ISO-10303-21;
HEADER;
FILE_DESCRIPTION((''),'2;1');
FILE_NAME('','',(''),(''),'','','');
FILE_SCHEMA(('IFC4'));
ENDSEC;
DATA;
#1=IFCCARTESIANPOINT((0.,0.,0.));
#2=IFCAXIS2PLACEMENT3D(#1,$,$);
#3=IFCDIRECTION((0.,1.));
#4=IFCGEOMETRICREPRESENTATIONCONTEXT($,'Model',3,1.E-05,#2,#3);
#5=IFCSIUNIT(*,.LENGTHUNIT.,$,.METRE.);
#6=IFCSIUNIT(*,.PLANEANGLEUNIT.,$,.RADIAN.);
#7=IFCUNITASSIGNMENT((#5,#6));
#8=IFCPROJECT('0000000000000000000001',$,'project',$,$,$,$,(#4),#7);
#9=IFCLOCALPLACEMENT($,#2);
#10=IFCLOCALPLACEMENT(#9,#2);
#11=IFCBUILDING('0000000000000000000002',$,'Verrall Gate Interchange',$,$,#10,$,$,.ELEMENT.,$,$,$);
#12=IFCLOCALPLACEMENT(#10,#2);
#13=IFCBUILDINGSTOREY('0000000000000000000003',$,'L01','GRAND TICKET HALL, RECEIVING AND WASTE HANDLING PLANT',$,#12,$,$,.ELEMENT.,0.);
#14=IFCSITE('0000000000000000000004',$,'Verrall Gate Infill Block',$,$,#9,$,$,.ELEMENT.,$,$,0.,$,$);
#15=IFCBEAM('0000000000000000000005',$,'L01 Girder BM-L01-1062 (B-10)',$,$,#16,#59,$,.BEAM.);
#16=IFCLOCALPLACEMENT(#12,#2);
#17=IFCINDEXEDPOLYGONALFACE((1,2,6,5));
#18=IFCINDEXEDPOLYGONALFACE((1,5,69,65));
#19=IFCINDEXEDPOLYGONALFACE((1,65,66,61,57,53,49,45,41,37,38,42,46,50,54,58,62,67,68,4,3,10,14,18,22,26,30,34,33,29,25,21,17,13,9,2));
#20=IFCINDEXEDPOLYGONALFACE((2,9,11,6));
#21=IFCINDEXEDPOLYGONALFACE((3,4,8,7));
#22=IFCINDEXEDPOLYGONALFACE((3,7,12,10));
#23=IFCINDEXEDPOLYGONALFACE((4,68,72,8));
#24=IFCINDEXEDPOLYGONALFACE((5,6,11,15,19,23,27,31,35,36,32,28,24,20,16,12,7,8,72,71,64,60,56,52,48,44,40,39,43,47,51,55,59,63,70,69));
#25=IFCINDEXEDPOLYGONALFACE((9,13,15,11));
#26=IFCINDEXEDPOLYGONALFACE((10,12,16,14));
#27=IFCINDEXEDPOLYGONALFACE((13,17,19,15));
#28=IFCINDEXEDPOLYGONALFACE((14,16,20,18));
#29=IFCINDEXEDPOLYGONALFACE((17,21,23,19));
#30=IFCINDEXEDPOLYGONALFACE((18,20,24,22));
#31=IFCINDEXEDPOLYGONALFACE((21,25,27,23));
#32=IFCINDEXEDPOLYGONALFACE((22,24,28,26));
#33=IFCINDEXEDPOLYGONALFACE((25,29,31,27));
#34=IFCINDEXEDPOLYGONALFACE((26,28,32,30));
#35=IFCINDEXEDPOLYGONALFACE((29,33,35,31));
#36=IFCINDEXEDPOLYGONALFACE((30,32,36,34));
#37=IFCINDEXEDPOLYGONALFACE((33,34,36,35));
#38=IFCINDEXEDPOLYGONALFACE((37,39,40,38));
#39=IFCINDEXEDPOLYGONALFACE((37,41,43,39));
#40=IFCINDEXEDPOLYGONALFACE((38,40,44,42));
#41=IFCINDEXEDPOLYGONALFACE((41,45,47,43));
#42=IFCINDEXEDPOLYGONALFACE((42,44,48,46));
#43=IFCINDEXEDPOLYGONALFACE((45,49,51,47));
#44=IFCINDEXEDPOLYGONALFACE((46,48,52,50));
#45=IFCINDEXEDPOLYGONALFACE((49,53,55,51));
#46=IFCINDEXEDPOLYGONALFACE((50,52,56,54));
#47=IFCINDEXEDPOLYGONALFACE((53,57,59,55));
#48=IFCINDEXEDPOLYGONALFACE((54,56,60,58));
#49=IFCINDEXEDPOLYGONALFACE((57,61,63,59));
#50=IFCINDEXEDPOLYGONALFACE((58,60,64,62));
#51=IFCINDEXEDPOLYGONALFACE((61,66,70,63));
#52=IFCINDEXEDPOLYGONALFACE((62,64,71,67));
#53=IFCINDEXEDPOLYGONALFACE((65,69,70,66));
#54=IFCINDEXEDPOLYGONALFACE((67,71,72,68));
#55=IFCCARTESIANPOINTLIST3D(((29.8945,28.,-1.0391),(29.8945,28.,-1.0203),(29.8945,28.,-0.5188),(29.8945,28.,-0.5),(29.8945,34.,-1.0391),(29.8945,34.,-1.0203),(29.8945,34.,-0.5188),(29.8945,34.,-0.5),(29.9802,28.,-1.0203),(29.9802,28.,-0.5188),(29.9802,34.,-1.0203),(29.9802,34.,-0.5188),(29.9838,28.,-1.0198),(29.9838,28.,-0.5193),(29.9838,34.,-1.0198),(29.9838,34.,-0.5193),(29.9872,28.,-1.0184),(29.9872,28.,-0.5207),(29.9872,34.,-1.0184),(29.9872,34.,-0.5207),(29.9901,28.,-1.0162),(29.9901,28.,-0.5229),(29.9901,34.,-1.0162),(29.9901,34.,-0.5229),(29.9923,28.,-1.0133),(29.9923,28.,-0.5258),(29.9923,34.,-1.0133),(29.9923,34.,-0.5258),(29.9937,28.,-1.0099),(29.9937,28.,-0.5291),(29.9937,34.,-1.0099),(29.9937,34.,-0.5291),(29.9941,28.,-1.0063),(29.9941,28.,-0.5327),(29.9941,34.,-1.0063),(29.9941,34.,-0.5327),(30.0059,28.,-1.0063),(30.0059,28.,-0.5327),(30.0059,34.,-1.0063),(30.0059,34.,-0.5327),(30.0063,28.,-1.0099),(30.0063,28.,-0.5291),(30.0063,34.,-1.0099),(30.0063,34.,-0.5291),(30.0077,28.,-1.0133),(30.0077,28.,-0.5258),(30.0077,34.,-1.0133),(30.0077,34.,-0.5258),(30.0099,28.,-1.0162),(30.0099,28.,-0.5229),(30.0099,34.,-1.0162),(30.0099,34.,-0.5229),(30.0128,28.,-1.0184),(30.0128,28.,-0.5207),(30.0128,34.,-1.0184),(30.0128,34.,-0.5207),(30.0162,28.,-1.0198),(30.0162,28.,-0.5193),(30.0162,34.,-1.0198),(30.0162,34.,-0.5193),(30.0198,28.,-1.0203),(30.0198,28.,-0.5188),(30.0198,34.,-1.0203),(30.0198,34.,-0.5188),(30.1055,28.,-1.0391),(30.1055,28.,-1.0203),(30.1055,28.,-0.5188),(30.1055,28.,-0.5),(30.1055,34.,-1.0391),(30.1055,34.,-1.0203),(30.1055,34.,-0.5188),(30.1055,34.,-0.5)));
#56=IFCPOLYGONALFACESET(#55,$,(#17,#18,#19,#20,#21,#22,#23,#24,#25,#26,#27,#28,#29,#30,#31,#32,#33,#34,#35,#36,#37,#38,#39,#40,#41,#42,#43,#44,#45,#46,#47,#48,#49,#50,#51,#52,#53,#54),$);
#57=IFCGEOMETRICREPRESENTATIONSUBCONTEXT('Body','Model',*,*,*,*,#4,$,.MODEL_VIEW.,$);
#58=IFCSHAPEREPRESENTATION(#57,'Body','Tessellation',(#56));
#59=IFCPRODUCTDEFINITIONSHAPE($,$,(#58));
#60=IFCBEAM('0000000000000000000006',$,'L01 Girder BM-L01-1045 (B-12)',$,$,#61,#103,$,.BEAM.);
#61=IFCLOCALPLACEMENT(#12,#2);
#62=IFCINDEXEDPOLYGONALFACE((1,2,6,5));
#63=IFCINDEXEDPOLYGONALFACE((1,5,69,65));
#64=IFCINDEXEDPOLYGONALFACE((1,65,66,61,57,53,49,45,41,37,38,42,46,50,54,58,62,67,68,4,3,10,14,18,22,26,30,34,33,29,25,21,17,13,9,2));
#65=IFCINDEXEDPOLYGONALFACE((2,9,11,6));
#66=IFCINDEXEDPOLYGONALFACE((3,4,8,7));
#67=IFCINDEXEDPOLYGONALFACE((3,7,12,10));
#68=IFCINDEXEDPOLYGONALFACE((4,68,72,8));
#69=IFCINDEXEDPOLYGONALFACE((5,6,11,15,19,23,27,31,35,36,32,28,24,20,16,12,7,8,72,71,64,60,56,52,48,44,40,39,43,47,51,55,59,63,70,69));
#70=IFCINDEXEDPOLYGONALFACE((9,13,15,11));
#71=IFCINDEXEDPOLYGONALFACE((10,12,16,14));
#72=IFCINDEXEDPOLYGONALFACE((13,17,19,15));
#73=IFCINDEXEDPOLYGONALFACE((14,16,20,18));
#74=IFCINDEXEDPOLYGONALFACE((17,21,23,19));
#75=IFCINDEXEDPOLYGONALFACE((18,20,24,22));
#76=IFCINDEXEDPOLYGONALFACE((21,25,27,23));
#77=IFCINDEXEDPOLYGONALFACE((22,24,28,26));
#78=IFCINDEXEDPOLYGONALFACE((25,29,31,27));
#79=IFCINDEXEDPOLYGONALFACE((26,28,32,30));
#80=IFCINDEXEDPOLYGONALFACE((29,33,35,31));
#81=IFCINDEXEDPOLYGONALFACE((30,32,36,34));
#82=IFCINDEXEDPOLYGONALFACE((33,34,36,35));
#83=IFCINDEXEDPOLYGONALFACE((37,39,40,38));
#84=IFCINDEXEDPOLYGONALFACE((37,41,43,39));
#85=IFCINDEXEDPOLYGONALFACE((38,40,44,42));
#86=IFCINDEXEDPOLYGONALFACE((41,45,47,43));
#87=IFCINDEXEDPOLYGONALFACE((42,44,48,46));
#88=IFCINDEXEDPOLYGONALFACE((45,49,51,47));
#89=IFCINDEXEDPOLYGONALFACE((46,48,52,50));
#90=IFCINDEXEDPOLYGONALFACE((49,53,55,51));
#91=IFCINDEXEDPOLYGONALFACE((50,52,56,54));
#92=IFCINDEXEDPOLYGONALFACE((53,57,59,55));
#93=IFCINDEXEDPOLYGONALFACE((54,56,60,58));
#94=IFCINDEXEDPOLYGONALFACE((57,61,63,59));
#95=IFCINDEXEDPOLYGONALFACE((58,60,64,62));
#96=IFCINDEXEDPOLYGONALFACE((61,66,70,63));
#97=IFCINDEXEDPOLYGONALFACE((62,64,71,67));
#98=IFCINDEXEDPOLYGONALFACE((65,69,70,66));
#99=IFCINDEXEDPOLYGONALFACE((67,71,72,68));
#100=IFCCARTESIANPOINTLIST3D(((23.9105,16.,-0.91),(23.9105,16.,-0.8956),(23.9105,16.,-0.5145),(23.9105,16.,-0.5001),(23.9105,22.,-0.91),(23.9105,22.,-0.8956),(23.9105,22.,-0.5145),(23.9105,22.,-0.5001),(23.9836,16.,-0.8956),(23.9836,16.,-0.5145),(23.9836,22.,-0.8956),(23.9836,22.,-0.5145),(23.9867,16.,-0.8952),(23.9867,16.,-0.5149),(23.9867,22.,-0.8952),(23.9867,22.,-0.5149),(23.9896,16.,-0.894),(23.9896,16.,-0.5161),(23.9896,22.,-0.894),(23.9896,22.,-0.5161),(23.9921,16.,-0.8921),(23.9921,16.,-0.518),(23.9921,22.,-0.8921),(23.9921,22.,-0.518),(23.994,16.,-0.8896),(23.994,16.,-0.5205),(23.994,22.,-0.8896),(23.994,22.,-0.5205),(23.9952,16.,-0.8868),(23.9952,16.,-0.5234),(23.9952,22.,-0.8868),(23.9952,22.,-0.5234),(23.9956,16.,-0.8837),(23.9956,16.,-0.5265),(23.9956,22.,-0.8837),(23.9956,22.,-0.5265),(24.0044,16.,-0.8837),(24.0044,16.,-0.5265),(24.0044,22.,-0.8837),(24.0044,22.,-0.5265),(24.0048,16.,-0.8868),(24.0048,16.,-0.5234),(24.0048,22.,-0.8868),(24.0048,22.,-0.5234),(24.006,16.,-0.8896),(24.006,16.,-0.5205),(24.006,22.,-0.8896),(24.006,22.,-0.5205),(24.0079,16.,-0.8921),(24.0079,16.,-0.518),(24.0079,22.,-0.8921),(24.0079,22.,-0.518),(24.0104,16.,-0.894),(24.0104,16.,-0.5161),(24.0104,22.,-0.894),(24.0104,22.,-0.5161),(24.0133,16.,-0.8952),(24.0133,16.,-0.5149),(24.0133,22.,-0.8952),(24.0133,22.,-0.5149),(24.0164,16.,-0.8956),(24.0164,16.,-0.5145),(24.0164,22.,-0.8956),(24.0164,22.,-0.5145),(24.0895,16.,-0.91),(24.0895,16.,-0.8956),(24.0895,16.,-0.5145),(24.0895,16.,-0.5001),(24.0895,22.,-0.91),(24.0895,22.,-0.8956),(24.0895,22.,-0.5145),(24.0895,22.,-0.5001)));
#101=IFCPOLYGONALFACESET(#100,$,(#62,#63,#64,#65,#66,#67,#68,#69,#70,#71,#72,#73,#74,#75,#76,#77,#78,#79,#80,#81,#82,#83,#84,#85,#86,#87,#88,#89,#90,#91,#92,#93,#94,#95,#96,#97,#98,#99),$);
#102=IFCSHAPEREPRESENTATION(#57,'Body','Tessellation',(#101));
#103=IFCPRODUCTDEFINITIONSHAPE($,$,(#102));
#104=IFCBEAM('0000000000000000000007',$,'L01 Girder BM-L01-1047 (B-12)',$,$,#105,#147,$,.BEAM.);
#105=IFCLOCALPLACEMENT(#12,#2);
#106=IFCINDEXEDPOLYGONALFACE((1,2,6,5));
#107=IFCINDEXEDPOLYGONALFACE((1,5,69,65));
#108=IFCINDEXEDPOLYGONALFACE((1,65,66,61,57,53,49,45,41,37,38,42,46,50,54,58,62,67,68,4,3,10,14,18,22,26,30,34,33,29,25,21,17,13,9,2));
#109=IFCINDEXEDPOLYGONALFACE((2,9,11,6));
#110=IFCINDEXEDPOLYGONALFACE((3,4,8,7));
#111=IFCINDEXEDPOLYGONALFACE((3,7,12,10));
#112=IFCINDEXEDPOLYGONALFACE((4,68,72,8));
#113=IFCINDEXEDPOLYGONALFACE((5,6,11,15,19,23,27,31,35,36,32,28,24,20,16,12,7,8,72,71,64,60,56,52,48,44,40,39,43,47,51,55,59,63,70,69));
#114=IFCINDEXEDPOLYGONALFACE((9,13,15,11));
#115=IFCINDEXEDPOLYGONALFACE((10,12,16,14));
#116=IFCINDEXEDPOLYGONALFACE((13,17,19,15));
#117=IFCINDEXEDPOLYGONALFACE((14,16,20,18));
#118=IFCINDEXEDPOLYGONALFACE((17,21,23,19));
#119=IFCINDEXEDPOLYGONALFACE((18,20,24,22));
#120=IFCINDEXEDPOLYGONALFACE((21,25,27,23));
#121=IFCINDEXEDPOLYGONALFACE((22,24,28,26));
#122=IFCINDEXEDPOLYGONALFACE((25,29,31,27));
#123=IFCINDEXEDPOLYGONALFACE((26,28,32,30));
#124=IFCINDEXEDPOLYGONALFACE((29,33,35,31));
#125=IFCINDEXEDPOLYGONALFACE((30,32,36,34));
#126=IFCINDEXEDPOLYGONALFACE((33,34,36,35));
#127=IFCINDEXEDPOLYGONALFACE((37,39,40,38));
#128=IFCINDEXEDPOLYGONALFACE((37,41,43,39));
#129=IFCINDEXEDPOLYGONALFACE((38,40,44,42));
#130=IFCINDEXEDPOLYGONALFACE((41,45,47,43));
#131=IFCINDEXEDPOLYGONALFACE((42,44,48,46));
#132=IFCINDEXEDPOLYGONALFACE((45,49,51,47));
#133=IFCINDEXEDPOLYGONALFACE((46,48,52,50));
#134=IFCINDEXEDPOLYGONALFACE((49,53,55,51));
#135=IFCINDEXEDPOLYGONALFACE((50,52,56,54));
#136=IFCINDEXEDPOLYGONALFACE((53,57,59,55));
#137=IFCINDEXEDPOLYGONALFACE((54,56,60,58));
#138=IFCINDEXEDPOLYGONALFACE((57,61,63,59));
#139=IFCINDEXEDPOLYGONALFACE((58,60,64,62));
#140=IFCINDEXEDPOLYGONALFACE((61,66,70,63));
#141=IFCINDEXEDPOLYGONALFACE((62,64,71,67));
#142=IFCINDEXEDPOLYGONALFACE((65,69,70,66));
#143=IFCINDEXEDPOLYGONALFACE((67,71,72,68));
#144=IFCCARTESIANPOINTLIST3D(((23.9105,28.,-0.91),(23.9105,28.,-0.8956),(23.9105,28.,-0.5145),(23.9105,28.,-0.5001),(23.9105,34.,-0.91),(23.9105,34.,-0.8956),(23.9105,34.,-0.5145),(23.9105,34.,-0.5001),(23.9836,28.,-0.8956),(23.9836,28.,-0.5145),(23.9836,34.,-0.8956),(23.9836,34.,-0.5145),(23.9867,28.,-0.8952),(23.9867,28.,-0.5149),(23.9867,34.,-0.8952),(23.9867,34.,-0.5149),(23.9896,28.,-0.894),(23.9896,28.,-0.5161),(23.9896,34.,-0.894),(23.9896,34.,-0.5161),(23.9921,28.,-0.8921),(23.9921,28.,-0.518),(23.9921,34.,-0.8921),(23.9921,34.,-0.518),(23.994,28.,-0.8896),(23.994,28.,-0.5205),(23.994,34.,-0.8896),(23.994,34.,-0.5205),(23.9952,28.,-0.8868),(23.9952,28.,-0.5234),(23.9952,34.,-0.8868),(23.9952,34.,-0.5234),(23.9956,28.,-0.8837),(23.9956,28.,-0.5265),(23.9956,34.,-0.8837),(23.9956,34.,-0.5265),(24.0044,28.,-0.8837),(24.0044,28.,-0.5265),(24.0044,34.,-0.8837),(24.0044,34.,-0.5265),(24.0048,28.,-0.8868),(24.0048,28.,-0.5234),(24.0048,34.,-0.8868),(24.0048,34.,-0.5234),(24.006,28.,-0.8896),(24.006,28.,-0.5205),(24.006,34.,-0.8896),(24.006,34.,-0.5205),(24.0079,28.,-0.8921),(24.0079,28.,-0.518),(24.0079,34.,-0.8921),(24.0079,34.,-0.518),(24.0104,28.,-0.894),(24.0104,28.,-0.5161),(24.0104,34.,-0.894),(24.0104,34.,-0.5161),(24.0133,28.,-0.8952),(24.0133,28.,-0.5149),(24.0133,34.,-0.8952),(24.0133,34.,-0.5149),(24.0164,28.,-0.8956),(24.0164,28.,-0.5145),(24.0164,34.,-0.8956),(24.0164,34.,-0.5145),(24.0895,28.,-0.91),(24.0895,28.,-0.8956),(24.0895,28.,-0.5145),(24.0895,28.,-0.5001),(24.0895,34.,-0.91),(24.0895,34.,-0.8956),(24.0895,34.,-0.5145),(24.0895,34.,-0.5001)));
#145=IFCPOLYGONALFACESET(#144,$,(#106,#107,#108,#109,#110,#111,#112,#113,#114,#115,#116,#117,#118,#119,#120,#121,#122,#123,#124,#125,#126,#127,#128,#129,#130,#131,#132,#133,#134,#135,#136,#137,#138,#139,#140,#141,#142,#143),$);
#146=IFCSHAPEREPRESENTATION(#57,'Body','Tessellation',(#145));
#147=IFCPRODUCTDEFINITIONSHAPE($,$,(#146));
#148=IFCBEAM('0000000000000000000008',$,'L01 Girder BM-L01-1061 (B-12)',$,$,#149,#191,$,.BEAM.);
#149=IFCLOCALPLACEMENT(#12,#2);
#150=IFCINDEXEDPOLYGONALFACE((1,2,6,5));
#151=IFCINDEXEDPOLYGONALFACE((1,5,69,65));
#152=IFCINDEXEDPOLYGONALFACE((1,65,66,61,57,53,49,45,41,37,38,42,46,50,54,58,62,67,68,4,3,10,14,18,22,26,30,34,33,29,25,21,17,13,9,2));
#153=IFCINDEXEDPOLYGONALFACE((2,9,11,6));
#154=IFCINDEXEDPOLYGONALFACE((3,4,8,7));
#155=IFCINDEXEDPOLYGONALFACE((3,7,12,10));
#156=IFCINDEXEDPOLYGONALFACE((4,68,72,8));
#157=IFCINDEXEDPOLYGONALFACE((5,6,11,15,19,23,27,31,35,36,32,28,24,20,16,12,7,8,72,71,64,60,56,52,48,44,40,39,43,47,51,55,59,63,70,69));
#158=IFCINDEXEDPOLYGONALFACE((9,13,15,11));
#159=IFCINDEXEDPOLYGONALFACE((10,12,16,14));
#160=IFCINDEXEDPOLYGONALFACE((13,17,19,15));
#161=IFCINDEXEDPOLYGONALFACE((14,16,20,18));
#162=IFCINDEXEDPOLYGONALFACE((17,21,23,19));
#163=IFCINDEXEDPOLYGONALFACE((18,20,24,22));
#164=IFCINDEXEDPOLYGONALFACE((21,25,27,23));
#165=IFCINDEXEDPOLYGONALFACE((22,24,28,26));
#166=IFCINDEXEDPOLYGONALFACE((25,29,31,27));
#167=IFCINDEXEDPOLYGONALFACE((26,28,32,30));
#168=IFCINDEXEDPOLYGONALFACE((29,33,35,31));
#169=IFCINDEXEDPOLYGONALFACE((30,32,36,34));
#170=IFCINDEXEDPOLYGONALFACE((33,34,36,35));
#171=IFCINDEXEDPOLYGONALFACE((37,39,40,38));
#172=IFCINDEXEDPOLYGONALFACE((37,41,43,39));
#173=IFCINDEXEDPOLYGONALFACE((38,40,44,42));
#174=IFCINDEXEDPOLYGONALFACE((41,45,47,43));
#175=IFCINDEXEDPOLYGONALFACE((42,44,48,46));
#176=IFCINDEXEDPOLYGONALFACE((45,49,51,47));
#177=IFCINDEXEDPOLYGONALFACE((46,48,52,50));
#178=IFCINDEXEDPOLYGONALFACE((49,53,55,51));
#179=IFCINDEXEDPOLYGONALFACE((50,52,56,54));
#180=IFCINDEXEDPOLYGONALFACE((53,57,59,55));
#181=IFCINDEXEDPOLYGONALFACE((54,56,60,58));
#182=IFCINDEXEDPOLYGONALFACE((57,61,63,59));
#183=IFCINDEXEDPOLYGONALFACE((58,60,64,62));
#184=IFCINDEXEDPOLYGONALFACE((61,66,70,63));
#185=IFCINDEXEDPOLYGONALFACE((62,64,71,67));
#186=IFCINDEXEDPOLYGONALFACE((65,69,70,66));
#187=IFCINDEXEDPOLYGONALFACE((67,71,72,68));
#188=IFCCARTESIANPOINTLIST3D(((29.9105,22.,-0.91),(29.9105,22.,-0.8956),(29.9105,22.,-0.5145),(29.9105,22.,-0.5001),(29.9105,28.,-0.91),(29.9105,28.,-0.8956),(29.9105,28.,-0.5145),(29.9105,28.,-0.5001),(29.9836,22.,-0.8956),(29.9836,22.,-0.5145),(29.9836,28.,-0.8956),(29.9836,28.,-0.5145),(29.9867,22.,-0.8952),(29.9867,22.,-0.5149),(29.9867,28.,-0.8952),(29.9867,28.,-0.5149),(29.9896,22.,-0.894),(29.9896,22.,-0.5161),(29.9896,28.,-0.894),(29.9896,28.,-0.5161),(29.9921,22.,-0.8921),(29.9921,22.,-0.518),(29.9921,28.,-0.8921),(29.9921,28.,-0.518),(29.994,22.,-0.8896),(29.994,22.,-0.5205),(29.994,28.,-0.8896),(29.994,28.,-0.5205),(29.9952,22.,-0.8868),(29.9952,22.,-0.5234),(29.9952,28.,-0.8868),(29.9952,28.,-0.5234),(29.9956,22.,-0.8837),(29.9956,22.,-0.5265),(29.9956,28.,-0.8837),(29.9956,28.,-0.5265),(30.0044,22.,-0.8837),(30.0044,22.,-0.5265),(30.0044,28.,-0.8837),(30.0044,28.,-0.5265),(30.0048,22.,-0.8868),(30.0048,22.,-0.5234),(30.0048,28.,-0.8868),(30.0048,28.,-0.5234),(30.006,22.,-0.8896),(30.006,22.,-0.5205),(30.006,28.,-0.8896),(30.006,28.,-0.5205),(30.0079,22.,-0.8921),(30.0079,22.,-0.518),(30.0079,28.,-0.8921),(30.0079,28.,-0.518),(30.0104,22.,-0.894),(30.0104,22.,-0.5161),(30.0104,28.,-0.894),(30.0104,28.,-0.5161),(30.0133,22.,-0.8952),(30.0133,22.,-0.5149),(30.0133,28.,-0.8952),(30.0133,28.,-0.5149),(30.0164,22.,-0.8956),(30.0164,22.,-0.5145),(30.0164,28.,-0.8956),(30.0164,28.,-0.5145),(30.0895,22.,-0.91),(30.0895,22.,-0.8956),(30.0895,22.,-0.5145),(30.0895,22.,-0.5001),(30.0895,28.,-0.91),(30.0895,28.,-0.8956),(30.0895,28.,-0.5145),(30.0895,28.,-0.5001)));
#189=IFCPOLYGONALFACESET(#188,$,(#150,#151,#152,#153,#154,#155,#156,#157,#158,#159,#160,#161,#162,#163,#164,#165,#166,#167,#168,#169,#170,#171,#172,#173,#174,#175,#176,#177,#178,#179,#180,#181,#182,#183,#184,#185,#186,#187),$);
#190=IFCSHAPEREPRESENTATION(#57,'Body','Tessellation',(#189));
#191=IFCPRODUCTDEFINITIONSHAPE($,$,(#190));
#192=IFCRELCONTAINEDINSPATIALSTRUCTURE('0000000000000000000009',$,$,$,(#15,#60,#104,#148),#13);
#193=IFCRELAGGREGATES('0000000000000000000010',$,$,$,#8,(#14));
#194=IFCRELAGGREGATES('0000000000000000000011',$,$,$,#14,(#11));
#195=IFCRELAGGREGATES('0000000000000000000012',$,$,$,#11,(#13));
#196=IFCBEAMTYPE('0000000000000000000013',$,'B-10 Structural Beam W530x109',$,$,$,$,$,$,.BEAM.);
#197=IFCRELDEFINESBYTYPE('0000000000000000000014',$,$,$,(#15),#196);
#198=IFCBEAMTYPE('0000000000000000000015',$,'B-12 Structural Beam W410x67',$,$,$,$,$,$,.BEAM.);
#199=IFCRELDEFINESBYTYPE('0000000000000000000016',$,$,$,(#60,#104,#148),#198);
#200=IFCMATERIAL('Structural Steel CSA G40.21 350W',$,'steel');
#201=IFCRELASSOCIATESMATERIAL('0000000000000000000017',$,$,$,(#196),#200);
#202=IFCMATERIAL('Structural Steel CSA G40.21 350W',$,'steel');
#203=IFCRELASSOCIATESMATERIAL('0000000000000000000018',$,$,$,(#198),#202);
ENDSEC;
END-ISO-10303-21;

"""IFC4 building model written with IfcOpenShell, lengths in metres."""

from ifc_helpers import new_model, si_unit, direction, frame, origin, origin_2d, place, context, subcontext, project, spatial, i_section, extrude, material, material_profile, profile_set, type_object, element, save


model = new_model("IFC4")

# Units and contexts
model_context = context("Model", 3, precision=1e-05, world=origin(), true_north=direction((0.0, 1.0)))
body_context = subcontext(model_context, "Body", "Model", "MODEL_VIEW")
ifc_project = project(units=[si_unit("LENGTHUNIT", "METRE"), si_unit("PLANEANGLEUNIT", "RADIAN")], contexts=[model_context])

# Site, building, storey
site_placement = place(None, origin())
site = spatial("IfcSite", under=ifc_project, at=site_placement, Name="Verrall Gate Infill Block", CompositionType="ELEMENT", RefElevation=0.0)
building_placement = place(site_placement, origin())
building = spatial("IfcBuilding", under=site, at=building_placement, Name="Verrall Gate Interchange", CompositionType="ELEMENT")
storey_placement = place(building_placement, origin())
storey = spatial("IfcBuildingStorey", under=building, at=storey_placement, Name="L01", Description="GRAND TICKET HALL, RECEIVING AND WASTE HANDLING PLANT", CompositionType="ELEMENT", Elevation=0.0)

# Beams
ifc_material_1 = material(Name="Structural Steel CSA G40.21 350W", Category="steel")
ifc_material_profile_1 = material_profile(ifc_material_1, i_section(OverallWidth=0.2109, OverallDepth=0.5391, WebThickness=0.0117, FlangeThickness=0.0188, FilletRadius=0.0139, at=origin_2d()), Name="W530x109")
ifc_profile_set_1 = profile_set([ifc_material_profile_1], Name="Structural Steel CSA G40.21 350W")
beam_type_1 = type_object("IfcBeamType", Name="B-10 Structural Beam W530x109", PredefinedType="BEAM", material=ifc_profile_set_1)
for number, where, z_axis, x_axis, name in (
    (1, (30.0, 28.0, -0.7695), (0.0, 1.0, 0.0), (-1.0, 0.0, 0.0), "L01 Girder BM-L01-1062 (B-10)"),
):
    element("IfcBeam", number, at=place(storey_placement, frame(where, z_axis=z_axis, x_axis=x_axis)), inside=storey, type_object=beam_type_1, Name=name, PredefinedType="BEAM", context=body_context, shape_type="SweptSolid", body=[
        extrude(i_section(OverallWidth=0.2109, OverallDepth=0.5391, WebThickness=0.0117, FlangeThickness=0.0188, FilletRadius=0.0139, at=origin_2d()), origin(), (0.0, 0.0, 1.0), 6.0),
    ])
ifc_material_2 = material(Name="Structural Steel CSA G40.21 350W", Category="steel")
ifc_material_profile_2 = material_profile(ifc_material_2, i_section(OverallWidth=0.179, OverallDepth=0.4099, WebThickness=0.0088, FlangeThickness=0.0144, FilletRadius=0.012, at=origin_2d()), Name="W410x67")
ifc_profile_set_2 = profile_set([ifc_material_profile_2], Name="Structural Steel CSA G40.21 350W")
beam_type_2 = type_object("IfcBeamType", Name="B-12 Structural Beam W410x67", PredefinedType="BEAM", material=ifc_profile_set_2)
for number, where, z_axis, x_axis, name in (
    (2, (24.0, 16.0, -0.7051), (0.0, 1.0, 0.0), (-1.0, 0.0, 0.0), "L01 Girder BM-L01-1045 (B-12)"),
    (3, (24.0, 28.0, -0.7051), (0.0, 1.0, 0.0), (-1.0, 0.0, 0.0), "L01 Girder BM-L01-1047 (B-12)"),
    (4, (30.0, 22.0, -0.7051), (0.0, 1.0, 0.0), (-1.0, 0.0, 0.0), "L01 Girder BM-L01-1061 (B-12)"),
):
    element("IfcBeam", number, at=place(storey_placement, frame(where, z_axis=z_axis, x_axis=x_axis)), inside=storey, type_object=beam_type_2, Name=name, PredefinedType="BEAM", context=body_context, shape_type="SweptSolid", body=[
        extrude(i_section(OverallWidth=0.179, OverallDepth=0.4099, WebThickness=0.0088, FlangeThickness=0.0144, FilletRadius=0.012, at=origin_2d()), origin(), (0.0, 0.0, 1.0), 6.0),
    ])

save(model, "model.ifc")
